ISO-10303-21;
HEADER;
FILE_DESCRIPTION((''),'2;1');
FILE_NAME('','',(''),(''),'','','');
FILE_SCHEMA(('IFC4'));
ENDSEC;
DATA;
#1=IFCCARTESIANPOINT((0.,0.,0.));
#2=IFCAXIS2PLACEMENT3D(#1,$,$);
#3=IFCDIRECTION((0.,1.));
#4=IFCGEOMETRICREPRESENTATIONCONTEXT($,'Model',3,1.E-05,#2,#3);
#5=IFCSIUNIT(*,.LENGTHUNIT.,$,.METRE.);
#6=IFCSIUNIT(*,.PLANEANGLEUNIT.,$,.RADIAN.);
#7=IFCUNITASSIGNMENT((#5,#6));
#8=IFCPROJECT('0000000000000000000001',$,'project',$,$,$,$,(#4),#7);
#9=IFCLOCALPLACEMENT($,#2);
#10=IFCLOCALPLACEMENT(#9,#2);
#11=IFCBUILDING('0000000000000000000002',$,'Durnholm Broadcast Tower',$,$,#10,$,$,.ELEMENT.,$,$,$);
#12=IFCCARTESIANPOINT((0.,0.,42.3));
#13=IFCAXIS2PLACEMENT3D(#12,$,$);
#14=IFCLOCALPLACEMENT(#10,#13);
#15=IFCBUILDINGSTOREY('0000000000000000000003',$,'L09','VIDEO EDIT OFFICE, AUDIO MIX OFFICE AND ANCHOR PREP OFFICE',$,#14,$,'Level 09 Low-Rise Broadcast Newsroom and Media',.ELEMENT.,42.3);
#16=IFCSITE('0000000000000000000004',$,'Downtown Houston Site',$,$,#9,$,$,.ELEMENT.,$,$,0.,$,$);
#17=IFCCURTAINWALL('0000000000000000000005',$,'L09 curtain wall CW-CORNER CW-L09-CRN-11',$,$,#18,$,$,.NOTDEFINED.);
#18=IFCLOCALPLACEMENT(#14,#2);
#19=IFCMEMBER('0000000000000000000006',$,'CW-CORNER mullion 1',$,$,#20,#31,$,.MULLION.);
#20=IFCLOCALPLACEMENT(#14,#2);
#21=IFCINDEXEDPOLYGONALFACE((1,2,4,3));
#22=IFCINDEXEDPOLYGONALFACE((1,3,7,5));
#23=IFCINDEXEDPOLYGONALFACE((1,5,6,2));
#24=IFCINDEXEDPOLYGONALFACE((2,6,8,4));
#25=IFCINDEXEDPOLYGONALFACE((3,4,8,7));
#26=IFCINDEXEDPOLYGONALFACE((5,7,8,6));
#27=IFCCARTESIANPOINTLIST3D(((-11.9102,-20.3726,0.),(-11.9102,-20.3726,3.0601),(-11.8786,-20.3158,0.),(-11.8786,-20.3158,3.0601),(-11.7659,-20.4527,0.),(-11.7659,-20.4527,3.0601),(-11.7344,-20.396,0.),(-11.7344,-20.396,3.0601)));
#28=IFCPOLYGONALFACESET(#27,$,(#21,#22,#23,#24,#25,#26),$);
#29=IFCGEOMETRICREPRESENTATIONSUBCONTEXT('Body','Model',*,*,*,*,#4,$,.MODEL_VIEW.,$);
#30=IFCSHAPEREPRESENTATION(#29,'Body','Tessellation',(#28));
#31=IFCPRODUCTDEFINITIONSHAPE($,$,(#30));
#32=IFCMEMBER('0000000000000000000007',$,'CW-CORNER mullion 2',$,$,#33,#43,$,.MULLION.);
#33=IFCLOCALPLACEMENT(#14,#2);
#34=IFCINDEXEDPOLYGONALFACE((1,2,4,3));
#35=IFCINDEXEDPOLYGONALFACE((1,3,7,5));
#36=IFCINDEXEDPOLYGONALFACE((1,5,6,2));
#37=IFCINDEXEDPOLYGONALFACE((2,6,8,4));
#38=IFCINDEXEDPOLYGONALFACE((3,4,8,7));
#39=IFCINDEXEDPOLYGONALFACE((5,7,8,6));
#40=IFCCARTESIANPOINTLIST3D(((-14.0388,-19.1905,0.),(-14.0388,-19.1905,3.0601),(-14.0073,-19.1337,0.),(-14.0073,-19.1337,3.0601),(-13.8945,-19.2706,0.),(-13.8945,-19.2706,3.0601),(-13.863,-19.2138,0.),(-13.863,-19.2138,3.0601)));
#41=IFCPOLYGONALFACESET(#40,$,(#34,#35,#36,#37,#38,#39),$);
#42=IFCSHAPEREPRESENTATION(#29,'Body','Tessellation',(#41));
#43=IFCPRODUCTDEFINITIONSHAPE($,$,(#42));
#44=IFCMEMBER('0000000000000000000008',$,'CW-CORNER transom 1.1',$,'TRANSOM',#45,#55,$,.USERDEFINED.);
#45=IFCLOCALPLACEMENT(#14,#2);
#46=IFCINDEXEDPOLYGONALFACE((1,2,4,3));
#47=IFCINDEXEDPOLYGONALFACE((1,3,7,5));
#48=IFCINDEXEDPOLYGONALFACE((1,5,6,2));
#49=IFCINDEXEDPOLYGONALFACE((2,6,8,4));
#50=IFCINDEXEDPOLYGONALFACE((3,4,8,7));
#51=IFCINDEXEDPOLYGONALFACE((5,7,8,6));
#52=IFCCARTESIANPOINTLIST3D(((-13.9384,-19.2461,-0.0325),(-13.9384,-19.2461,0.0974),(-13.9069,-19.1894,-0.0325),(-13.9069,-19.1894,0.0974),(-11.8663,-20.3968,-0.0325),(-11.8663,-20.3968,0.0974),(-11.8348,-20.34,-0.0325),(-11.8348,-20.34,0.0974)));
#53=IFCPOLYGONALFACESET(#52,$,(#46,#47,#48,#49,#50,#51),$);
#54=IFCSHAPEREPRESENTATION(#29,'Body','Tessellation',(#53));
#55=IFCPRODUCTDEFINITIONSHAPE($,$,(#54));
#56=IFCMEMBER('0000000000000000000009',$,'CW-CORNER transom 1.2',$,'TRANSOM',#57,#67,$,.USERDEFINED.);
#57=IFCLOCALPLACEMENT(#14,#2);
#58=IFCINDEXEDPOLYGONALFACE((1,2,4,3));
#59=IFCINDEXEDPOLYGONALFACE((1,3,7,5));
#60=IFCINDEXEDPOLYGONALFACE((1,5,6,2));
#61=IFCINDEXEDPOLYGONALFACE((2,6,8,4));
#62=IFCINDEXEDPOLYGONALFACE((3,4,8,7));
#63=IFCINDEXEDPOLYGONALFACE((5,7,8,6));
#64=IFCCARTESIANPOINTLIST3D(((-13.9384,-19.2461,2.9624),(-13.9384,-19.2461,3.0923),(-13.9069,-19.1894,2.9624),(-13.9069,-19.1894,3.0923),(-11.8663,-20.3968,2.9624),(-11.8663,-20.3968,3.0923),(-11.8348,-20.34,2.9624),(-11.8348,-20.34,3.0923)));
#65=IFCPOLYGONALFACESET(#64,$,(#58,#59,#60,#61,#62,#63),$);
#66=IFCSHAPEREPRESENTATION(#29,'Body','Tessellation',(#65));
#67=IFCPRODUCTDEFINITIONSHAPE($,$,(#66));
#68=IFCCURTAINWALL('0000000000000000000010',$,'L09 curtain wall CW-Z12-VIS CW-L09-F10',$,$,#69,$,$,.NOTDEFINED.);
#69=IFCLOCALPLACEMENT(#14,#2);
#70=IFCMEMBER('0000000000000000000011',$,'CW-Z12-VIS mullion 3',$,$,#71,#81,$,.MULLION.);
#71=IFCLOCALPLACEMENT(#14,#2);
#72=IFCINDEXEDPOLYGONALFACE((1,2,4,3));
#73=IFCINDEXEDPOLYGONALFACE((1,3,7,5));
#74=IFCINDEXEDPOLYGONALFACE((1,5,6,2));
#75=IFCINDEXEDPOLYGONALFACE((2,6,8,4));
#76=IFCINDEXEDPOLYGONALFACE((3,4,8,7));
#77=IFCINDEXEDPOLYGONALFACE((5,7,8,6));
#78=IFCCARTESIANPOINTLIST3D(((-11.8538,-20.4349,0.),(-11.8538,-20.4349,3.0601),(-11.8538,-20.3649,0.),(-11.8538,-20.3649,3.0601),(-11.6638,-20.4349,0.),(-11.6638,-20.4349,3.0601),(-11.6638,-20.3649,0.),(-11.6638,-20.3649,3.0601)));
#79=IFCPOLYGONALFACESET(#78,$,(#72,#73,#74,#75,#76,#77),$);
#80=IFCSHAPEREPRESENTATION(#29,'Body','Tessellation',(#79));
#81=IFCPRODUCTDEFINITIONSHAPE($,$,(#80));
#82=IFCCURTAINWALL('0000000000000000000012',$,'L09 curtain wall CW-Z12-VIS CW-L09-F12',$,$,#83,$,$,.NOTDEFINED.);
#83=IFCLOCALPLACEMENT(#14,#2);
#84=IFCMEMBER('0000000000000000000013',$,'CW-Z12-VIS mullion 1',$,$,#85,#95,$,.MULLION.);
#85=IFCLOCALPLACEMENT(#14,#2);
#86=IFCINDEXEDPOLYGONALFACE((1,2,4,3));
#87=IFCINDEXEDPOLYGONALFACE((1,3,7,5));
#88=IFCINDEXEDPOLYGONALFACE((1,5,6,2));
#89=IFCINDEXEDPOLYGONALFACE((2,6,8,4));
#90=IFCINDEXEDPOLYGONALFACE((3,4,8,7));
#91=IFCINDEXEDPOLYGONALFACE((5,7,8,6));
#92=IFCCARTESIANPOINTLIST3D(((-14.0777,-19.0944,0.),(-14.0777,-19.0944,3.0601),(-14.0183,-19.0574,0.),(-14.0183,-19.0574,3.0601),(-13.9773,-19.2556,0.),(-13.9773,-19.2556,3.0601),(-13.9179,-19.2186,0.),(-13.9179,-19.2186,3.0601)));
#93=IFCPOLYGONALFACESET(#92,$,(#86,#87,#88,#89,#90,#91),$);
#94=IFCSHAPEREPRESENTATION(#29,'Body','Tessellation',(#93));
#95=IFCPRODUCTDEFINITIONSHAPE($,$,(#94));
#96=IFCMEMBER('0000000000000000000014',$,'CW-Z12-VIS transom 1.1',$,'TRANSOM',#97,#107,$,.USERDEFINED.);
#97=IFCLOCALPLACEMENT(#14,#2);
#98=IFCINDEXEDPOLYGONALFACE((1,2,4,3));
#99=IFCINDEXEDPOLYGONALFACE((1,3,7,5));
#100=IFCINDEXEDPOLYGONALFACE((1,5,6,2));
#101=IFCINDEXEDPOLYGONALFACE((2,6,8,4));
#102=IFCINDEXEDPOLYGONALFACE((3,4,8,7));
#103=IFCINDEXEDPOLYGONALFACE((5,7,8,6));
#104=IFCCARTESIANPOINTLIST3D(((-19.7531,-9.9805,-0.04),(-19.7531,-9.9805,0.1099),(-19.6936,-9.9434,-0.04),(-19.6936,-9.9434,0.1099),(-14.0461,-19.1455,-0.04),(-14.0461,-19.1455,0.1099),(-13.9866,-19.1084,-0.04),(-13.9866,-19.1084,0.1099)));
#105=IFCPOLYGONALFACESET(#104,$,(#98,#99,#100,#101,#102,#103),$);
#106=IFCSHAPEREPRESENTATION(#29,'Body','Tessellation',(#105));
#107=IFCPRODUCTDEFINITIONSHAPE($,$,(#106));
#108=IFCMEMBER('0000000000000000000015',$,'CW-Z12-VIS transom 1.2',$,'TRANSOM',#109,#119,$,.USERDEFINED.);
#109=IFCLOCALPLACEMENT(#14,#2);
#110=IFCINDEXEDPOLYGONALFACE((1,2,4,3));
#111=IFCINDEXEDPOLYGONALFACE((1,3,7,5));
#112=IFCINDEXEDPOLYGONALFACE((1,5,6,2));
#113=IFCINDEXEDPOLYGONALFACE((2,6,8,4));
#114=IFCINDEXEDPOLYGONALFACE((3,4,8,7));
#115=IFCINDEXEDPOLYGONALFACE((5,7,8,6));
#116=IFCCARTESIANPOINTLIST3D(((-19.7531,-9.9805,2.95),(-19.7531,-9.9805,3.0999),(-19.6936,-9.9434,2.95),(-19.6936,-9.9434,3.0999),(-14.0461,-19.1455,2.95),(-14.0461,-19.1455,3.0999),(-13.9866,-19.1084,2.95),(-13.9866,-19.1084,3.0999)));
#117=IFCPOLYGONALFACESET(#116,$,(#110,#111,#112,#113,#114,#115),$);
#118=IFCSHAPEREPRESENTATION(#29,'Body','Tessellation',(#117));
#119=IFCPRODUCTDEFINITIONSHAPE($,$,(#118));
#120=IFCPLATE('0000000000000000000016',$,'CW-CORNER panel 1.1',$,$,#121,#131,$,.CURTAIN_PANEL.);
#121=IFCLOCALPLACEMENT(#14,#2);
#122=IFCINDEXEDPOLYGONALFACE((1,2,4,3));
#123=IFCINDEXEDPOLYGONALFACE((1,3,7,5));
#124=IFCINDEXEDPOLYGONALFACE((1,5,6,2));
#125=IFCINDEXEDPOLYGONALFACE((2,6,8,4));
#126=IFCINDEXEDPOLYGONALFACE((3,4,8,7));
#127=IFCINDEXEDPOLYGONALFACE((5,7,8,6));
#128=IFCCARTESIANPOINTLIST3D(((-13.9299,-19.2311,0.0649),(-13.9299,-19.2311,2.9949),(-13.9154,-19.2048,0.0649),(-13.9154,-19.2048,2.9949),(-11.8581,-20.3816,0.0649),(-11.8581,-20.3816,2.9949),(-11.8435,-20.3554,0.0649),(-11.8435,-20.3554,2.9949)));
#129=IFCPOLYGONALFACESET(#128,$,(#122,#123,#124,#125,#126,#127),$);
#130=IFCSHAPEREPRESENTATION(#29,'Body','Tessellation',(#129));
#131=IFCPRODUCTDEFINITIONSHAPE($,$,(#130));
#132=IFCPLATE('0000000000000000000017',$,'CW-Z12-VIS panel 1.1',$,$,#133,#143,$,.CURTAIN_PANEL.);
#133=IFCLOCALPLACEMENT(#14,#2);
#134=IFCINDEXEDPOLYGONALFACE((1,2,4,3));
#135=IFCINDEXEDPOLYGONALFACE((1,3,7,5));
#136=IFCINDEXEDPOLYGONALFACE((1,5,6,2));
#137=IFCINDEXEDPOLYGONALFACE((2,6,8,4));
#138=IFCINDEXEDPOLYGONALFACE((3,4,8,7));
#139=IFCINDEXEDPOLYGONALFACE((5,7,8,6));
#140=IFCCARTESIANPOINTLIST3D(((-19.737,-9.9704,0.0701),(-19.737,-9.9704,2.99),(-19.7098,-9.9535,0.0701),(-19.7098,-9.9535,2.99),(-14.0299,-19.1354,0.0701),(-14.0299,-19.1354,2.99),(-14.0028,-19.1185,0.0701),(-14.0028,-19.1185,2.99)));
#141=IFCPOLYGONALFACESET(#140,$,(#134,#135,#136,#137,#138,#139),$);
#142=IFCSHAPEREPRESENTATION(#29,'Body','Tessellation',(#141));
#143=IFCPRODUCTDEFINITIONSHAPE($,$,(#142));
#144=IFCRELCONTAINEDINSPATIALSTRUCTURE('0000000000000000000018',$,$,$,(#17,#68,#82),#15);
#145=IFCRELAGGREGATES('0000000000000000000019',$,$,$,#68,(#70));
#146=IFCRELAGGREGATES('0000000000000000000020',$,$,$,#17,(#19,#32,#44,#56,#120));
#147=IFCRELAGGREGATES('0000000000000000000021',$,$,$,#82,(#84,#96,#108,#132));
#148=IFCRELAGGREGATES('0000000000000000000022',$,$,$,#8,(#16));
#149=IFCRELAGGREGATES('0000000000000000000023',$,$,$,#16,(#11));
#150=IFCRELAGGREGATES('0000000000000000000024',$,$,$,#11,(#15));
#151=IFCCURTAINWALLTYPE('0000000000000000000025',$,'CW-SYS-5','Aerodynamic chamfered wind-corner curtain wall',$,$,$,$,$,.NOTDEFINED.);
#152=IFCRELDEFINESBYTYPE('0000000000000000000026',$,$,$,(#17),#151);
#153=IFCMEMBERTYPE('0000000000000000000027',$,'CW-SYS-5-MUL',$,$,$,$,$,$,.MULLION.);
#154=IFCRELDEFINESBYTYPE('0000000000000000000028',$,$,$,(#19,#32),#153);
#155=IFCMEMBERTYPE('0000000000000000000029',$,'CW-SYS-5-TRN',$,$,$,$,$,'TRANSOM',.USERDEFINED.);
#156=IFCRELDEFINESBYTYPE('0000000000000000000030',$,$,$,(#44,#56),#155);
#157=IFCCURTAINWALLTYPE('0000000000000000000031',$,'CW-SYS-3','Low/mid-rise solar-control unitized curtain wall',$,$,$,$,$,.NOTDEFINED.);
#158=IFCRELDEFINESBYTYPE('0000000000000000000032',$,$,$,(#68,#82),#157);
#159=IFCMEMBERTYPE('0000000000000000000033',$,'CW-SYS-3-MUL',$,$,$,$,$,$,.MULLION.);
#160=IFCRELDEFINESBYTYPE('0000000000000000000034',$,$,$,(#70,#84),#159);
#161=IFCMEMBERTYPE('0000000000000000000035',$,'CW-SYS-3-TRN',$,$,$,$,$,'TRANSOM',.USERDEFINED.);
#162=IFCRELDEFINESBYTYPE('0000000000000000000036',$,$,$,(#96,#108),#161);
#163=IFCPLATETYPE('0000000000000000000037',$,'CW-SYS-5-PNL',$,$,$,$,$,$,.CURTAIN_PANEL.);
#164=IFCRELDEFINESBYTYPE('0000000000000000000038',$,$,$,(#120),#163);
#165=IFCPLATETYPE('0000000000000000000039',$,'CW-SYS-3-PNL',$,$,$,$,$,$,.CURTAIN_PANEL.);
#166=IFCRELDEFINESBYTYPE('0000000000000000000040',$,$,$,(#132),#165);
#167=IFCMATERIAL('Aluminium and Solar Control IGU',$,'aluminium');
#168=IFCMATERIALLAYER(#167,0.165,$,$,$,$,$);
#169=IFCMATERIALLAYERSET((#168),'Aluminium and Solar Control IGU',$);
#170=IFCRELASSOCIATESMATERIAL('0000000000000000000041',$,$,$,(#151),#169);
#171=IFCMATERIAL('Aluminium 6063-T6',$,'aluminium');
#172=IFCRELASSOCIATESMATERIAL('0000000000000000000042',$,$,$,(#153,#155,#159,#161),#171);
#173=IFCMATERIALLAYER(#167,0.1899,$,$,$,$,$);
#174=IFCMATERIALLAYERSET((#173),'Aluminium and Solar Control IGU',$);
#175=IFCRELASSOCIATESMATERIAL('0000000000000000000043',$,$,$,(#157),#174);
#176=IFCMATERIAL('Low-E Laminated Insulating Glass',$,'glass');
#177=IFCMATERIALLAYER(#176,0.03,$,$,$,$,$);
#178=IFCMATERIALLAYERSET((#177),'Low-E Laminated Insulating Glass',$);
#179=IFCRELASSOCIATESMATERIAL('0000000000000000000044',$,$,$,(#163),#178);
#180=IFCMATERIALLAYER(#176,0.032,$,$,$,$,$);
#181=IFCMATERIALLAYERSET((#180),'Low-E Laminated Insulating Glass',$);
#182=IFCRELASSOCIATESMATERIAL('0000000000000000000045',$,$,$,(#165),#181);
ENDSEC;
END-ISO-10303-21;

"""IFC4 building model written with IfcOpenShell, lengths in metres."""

from ifc_helpers import new_model, si_unit, direction, frame, origin, origin_2d, place, context, subcontext, project, spatial, rectangle, extrude, source, transform, mapped, material, layer, layer_set, material_profile, profile_set, type_object, type_shapes, element, aggregate, save


model = new_model("IFC4")

# Units and contexts
model_context = context("Model", 3, precision=1e-05, world=origin(), true_north=direction((0.0, 1.0)))
body_context = subcontext(model_context, "Body", "Model", "MODEL_VIEW")
ifc_project = project(units=[si_unit("LENGTHUNIT", "METRE"), si_unit("PLANEANGLEUNIT", "RADIAN")], contexts=[model_context])

# Site, building, storey
site_placement = place(None, origin())
site = spatial("IfcSite", under=ifc_project, at=site_placement, Name="Downtown Houston Site", CompositionType="ELEMENT", RefElevation=0.0)
building_placement = place(site_placement, origin())
building = spatial("IfcBuilding", under=site, at=building_placement, Name="Durnholm Broadcast Tower", CompositionType="ELEMENT")
storey_placement = place(building_placement, frame((0.0, 0.0, 42.3)))
storey = spatial("IfcBuildingStorey", under=building, at=storey_placement, Name="L09", Description="VIDEO EDIT OFFICE, AUDIO MIX OFFICE AND ANCHOR PREP OFFICE", LongName="Level 09 Low-Rise Broadcast Newsroom and Media", CompositionType="ELEMENT", Elevation=42.3)

# Curtain wall, members
ifc_material_1 = material(Name="Aluminium and Solar Control IGU", Category="aluminium")
ifc_layer_1 = layer(ifc_material_1, 0.165)
ifc_layer_set_1 = layer_set([ifc_layer_1], Name="Aluminium and Solar Control IGU")
curtain_wall_type_1 = type_object("IfcCurtainWallType", Name="CW-SYS-5", Description="Aerodynamic chamfered wind-corner curtain wall", PredefinedType="NOTDEFINED", material=ifc_layer_set_1)
curtain_wall_1_placement = place(storey_placement, origin())
curtain_wall_1 = element("IfcCurtainWall", 1, at=curtain_wall_1_placement, inside=storey, type_object=curtain_wall_type_1, Name="L09 curtain wall CW-CORNER CW-L09-CRN-11", PredefinedType="NOTDEFINED")
ifc_material_2 = material(Name="Aluminium 6063-T6", Category="aluminium")
ifc_material_profile_1 = material_profile(ifc_material_2, rectangle(XDim=0.0649, YDim=0.165, at=origin_2d()), Name="CWM65X165")
ifc_profile_set_1 = profile_set([ifc_material_profile_1], Name="Aluminium 6063-T6")
member_type_1 = type_object("IfcMemberType", Name="CW-SYS-5-MUL", PredefinedType="MULLION", material=ifc_profile_set_1)
shared_shape_1 = source(origin(), body_context, "Body", "SweptSolid", [
    extrude(rectangle(XDim=0.0649, YDim=0.165, at=origin_2d()), origin(), (0.0, 0.0, 1.0), 3.0601),
])
type_shapes(member_type_1, [shared_shape_1])
member_1_placement = place(storey_placement, frame((-11.8223, -20.3843, 0.0), z_axis=(0.0, 0.0, 1.0), x_axis=(-0.485483, -0.874246, 0.0)))
member_1 = element("IfcMember", 2, at=member_1_placement, type_object=member_type_1, Name="CW-CORNER mullion 1", PredefinedType="MULLION", context=body_context, shape_type="MappedRepresentation", body=[
    mapped(shared_shape_1, transform((0.0, 0.0, 0.0), x_axis=(1.0, 0.0, 0.0), y_axis=(0.0, 1.0, 0.0), z_axis=(0.0, 0.0, 1.0), scale=1.0)),
])
member_2_placement = place(storey_placement, frame((-13.9509, -19.2021, 0.0), z_axis=(0.0, 0.0, 1.0), x_axis=(-0.485483, -0.874246, 0.0)))
member_2 = element("IfcMember", 3, at=member_2_placement, type_object=member_type_1, Name="CW-CORNER mullion 2", PredefinedType="MULLION", context=body_context, shape_type="MappedRepresentation", body=[
    mapped(shared_shape_1, transform((0.0, 0.0, 0.0), x_axis=(1.0, 0.0, 0.0), y_axis=(0.0, 1.0, 0.0), z_axis=(0.0, 0.0, 1.0), scale=1.0)),
])
ifc_material_profile_2 = material_profile(ifc_material_2, rectangle(XDim=0.0649, YDim=0.1299, at=origin_2d()), Name="CWT65X130")
ifc_profile_set_2 = profile_set([ifc_material_profile_2], Name="Aluminium 6063-T6")
member_type_2 = type_object("IfcMemberType", Name="CW-SYS-5-TRN", ElementType="TRANSOM", PredefinedType="USERDEFINED", material=ifc_profile_set_2)
shared_shape_2 = source(origin(), body_context, "Body", "SweptSolid", [
    extrude(rectangle(XDim=0.0649, YDim=0.1299, at=origin_2d()), origin(), (0.0, 0.0, 1.0), 2.3701),
])
type_shapes(member_type_2, [shared_shape_2])
member_3_placement = place(storey_placement, frame((-11.8506, -20.3684, 0.0325), z_axis=(-0.874245, 0.485485, 0.0), x_axis=(-0.485485, -0.874245, 0.0)))
member_3 = element("IfcMember", 4, at=member_3_placement, type_object=member_type_2, Name="CW-CORNER transom 1.1", ObjectType="TRANSOM", PredefinedType="USERDEFINED", context=body_context, shape_type="MappedRepresentation", body=[
    mapped(shared_shape_2, transform((0.0, 0.0, 0.0), x_axis=(1.0, 0.0, 0.0), y_axis=(0.0, 1.0, 0.0), z_axis=(0.0, 0.0, 1.0), scale=1.0)),
])
member_4_placement = place(storey_placement, frame((-11.8506, -20.3684, 3.0273), z_axis=(-0.874245, 0.485485, 0.0), x_axis=(-0.485485, -0.874245, 0.0)))
member_4 = element("IfcMember", 5, at=member_4_placement, type_object=member_type_2, Name="CW-CORNER transom 1.2", ObjectType="TRANSOM", PredefinedType="USERDEFINED", context=body_context, shape_type="MappedRepresentation", body=[
    mapped(shared_shape_2, transform((0.0, 0.0, 0.0), x_axis=(1.0, 0.0, 0.0), y_axis=(0.0, 1.0, 0.0), z_axis=(0.0, 0.0, 1.0), scale=1.0)),
])

# Curtain wall, member
ifc_layer_2 = layer(ifc_material_1, 0.1899)
ifc_layer_set_2 = layer_set([ifc_layer_2], Name="Aluminium and Solar Control IGU")
curtain_wall_type_2 = type_object("IfcCurtainWallType", Name="CW-SYS-3", Description="Low/mid-rise solar-control unitized curtain wall", PredefinedType="NOTDEFINED", material=ifc_layer_set_2)
curtain_wall_2_placement = place(storey_placement, origin())
curtain_wall_2 = element("IfcCurtainWall", 6, at=curtain_wall_2_placement, inside=storey, type_object=curtain_wall_type_2, Name="L09 curtain wall CW-Z12-VIS CW-L09-F10", PredefinedType="NOTDEFINED")
ifc_material_profile_3 = material_profile(ifc_material_2, rectangle(XDim=0.0701, YDim=0.1899, at=origin_2d()), Name="CWM70X190")
ifc_profile_set_3 = profile_set([ifc_material_profile_3], Name="Aluminium 6063-T6")
member_type_3 = type_object("IfcMemberType", Name="CW-SYS-3-MUL", PredefinedType="MULLION", material=ifc_profile_set_3)
shared_shape_3 = source(origin(), body_context, "Body", "SweptSolid", [
    extrude(rectangle(XDim=0.0701, YDim=0.1899, at=origin_2d()), origin(), (0.0, 0.0, 1.0), 3.0601),
])
type_shapes(member_type_3, [shared_shape_3])
member_5_placement = place(storey_placement, frame((-11.7588, -20.3999, 0.0), z_axis=(0.0, 0.0, 1.0), x_axis=(0.0, -1.0, 0.0)))
member_5 = element("IfcMember", 7, at=member_5_placement, type_object=member_type_3, Name="CW-Z12-VIS mullion 3", PredefinedType="MULLION", context=body_context, shape_type="MappedRepresentation", body=[
    mapped(shared_shape_3, transform((0.0, 0.0, 0.0), x_axis=(1.0, 0.0, 0.0), y_axis=(0.0, 1.0, 0.0), z_axis=(0.0, 0.0, 1.0), scale=1.0)),
])
aggregate(curtain_wall_2, [member_5])

# Curtain wall, members
curtain_wall_3_placement = place(storey_placement, origin())
curtain_wall_3 = element("IfcCurtainWall", 8, at=curtain_wall_3_placement, inside=storey, type_object=curtain_wall_type_2, Name="L09 curtain wall CW-Z12-VIS CW-L09-F12", PredefinedType="NOTDEFINED")
member_6_placement = place(storey_placement, frame((-13.9978, -19.1565, 0.0), z_axis=(0.0, 0.0, 1.0), x_axis=(-0.848876, -0.528592, 0.0)))
member_6 = element("IfcMember", 9, at=member_6_placement, type_object=member_type_3, Name="CW-Z12-VIS mullion 1", PredefinedType="MULLION", context=body_context, shape_type="MappedRepresentation", body=[
    mapped(shared_shape_3, transform((0.0, 0.0, 0.0), x_axis=(1.0, 0.0, 0.0), y_axis=(0.0, 1.0, 0.0), z_axis=(0.0, 0.0, 1.0), scale=1.0)),
])
ifc_material_profile_4 = material_profile(ifc_material_2, rectangle(XDim=0.0701, YDim=0.1499, at=origin_2d()), Name="CWT70X150")
ifc_profile_set_4 = profile_set([ifc_material_profile_4], Name="Aluminium 6063-T6")
member_type_4 = type_object("IfcMemberType", Name="CW-SYS-3-TRN", ElementType="TRANSOM", PredefinedType="USERDEFINED", material=ifc_profile_set_4)
shared_shape_4 = source(origin(), body_context, "Body", "SweptSolid", [
    extrude(rectangle(XDim=0.0701, YDim=0.1499, at=origin_2d()), origin(), (0.0, 0.0, 1.0), 10.7966),
])
type_shapes(member_type_4, [shared_shape_4])
member_7_placement = place(storey_placement, frame((-14.0164, -19.127, 0.0349), z_axis=(-0.528592, 0.848876, 0.0), x_axis=(-0.848876, -0.528592, 0.0)))
member_7 = element("IfcMember", 10, at=member_7_placement, type_object=member_type_4, Name="CW-Z12-VIS transom 1.1", ObjectType="TRANSOM", PredefinedType="USERDEFINED", context=body_context, shape_type="MappedRepresentation", body=[
    mapped(shared_shape_4, transform((0.0, 0.0, 0.0), x_axis=(1.0, 0.0, 0.0), y_axis=(0.0, 1.0, 0.0), z_axis=(0.0, 0.0, 1.0), scale=1.0)),
])
member_8_placement = place(storey_placement, frame((-14.0164, -19.127, 3.0249), z_axis=(-0.528592, 0.848876, 0.0), x_axis=(-0.848876, -0.528592, 0.0)))
member_8 = element("IfcMember", 11, at=member_8_placement, type_object=member_type_4, Name="CW-Z12-VIS transom 1.2", ObjectType="TRANSOM", PredefinedType="USERDEFINED", context=body_context, shape_type="MappedRepresentation", body=[
    mapped(shared_shape_4, transform((0.0, 0.0, 0.0), x_axis=(1.0, 0.0, 0.0), y_axis=(0.0, 1.0, 0.0), z_axis=(0.0, 0.0, 1.0), scale=1.0)),
])

# Plates
ifc_material_3 = material(Name="Low-E Laminated Insulating Glass", Category="glass")
ifc_layer_3 = layer(ifc_material_3, 0.03)
ifc_layer_set_3 = layer_set([ifc_layer_3], Name="Low-E Laminated Insulating Glass")
plate_type_1 = type_object("IfcPlateType", Name="CW-SYS-5-PNL", PredefinedType="CURTAIN_PANEL", material=ifc_layer_set_3)
shared_shape_5 = source(origin(), body_context, "Body", "SweptSolid", [
    extrude(rectangle(XDim=2.3699, YDim=0.03, at=origin_2d()), origin(), (0.0, 0.0, 1.0), 2.9299),
])
type_shapes(plate_type_1, [shared_shape_5])
plate_1_placement = place(storey_placement, frame((-12.8867, -19.7932, 0.0649), z_axis=(0.0, 0.0, 1.0), x_axis=(-0.874246, 0.485483, 0.0)))
plate_1 = element("IfcPlate", 12, at=plate_1_placement, type_object=plate_type_1, Name="CW-CORNER panel 1.1", PredefinedType="CURTAIN_PANEL", context=body_context, shape_type="MappedRepresentation", body=[
    mapped(shared_shape_5, transform((0.0, 0.0, 0.0), x_axis=(1.0, 0.0, 0.0), y_axis=(0.0, 1.0, 0.0), z_axis=(0.0, 0.0, 1.0), scale=1.0)),
])
aggregate(curtain_wall_1, [member_1, member_2, member_3, member_4, plate_1])
ifc_layer_4 = layer(ifc_material_3, 0.032)
ifc_layer_set_4 = layer_set([ifc_layer_4], Name="Low-E Laminated Insulating Glass")
plate_type_2 = type_object("IfcPlateType", Name="CW-SYS-3-PNL", PredefinedType="CURTAIN_PANEL", material=ifc_layer_set_4)
shared_shape_6 = source(origin(), body_context, "Body", "SweptSolid", [
    extrude(rectangle(XDim=10.7966, YDim=0.032, at=origin_2d()), origin(), (0.0, 0.0, 1.0), 2.9199),
])
type_shapes(plate_type_2, [shared_shape_6])
plate_2_placement = place(storey_placement, frame((-16.8699, -14.5444, 0.0701), z_axis=(0.0, 0.0, 1.0), x_axis=(-0.528592, 0.848876, 0.0)))
plate_2 = element("IfcPlate", 13, at=plate_2_placement, type_object=plate_type_2, Name="CW-Z12-VIS panel 1.1", PredefinedType="CURTAIN_PANEL", context=body_context, shape_type="MappedRepresentation", body=[
    mapped(shared_shape_6, transform((0.0, 0.0, 0.0), x_axis=(1.0, 0.0, 0.0), y_axis=(0.0, 1.0, 0.0), z_axis=(0.0, 0.0, 1.0), scale=1.0)),
])
aggregate(curtain_wall_3, [member_6, member_7, member_8, plate_2])

save(model, "model.ifc")
